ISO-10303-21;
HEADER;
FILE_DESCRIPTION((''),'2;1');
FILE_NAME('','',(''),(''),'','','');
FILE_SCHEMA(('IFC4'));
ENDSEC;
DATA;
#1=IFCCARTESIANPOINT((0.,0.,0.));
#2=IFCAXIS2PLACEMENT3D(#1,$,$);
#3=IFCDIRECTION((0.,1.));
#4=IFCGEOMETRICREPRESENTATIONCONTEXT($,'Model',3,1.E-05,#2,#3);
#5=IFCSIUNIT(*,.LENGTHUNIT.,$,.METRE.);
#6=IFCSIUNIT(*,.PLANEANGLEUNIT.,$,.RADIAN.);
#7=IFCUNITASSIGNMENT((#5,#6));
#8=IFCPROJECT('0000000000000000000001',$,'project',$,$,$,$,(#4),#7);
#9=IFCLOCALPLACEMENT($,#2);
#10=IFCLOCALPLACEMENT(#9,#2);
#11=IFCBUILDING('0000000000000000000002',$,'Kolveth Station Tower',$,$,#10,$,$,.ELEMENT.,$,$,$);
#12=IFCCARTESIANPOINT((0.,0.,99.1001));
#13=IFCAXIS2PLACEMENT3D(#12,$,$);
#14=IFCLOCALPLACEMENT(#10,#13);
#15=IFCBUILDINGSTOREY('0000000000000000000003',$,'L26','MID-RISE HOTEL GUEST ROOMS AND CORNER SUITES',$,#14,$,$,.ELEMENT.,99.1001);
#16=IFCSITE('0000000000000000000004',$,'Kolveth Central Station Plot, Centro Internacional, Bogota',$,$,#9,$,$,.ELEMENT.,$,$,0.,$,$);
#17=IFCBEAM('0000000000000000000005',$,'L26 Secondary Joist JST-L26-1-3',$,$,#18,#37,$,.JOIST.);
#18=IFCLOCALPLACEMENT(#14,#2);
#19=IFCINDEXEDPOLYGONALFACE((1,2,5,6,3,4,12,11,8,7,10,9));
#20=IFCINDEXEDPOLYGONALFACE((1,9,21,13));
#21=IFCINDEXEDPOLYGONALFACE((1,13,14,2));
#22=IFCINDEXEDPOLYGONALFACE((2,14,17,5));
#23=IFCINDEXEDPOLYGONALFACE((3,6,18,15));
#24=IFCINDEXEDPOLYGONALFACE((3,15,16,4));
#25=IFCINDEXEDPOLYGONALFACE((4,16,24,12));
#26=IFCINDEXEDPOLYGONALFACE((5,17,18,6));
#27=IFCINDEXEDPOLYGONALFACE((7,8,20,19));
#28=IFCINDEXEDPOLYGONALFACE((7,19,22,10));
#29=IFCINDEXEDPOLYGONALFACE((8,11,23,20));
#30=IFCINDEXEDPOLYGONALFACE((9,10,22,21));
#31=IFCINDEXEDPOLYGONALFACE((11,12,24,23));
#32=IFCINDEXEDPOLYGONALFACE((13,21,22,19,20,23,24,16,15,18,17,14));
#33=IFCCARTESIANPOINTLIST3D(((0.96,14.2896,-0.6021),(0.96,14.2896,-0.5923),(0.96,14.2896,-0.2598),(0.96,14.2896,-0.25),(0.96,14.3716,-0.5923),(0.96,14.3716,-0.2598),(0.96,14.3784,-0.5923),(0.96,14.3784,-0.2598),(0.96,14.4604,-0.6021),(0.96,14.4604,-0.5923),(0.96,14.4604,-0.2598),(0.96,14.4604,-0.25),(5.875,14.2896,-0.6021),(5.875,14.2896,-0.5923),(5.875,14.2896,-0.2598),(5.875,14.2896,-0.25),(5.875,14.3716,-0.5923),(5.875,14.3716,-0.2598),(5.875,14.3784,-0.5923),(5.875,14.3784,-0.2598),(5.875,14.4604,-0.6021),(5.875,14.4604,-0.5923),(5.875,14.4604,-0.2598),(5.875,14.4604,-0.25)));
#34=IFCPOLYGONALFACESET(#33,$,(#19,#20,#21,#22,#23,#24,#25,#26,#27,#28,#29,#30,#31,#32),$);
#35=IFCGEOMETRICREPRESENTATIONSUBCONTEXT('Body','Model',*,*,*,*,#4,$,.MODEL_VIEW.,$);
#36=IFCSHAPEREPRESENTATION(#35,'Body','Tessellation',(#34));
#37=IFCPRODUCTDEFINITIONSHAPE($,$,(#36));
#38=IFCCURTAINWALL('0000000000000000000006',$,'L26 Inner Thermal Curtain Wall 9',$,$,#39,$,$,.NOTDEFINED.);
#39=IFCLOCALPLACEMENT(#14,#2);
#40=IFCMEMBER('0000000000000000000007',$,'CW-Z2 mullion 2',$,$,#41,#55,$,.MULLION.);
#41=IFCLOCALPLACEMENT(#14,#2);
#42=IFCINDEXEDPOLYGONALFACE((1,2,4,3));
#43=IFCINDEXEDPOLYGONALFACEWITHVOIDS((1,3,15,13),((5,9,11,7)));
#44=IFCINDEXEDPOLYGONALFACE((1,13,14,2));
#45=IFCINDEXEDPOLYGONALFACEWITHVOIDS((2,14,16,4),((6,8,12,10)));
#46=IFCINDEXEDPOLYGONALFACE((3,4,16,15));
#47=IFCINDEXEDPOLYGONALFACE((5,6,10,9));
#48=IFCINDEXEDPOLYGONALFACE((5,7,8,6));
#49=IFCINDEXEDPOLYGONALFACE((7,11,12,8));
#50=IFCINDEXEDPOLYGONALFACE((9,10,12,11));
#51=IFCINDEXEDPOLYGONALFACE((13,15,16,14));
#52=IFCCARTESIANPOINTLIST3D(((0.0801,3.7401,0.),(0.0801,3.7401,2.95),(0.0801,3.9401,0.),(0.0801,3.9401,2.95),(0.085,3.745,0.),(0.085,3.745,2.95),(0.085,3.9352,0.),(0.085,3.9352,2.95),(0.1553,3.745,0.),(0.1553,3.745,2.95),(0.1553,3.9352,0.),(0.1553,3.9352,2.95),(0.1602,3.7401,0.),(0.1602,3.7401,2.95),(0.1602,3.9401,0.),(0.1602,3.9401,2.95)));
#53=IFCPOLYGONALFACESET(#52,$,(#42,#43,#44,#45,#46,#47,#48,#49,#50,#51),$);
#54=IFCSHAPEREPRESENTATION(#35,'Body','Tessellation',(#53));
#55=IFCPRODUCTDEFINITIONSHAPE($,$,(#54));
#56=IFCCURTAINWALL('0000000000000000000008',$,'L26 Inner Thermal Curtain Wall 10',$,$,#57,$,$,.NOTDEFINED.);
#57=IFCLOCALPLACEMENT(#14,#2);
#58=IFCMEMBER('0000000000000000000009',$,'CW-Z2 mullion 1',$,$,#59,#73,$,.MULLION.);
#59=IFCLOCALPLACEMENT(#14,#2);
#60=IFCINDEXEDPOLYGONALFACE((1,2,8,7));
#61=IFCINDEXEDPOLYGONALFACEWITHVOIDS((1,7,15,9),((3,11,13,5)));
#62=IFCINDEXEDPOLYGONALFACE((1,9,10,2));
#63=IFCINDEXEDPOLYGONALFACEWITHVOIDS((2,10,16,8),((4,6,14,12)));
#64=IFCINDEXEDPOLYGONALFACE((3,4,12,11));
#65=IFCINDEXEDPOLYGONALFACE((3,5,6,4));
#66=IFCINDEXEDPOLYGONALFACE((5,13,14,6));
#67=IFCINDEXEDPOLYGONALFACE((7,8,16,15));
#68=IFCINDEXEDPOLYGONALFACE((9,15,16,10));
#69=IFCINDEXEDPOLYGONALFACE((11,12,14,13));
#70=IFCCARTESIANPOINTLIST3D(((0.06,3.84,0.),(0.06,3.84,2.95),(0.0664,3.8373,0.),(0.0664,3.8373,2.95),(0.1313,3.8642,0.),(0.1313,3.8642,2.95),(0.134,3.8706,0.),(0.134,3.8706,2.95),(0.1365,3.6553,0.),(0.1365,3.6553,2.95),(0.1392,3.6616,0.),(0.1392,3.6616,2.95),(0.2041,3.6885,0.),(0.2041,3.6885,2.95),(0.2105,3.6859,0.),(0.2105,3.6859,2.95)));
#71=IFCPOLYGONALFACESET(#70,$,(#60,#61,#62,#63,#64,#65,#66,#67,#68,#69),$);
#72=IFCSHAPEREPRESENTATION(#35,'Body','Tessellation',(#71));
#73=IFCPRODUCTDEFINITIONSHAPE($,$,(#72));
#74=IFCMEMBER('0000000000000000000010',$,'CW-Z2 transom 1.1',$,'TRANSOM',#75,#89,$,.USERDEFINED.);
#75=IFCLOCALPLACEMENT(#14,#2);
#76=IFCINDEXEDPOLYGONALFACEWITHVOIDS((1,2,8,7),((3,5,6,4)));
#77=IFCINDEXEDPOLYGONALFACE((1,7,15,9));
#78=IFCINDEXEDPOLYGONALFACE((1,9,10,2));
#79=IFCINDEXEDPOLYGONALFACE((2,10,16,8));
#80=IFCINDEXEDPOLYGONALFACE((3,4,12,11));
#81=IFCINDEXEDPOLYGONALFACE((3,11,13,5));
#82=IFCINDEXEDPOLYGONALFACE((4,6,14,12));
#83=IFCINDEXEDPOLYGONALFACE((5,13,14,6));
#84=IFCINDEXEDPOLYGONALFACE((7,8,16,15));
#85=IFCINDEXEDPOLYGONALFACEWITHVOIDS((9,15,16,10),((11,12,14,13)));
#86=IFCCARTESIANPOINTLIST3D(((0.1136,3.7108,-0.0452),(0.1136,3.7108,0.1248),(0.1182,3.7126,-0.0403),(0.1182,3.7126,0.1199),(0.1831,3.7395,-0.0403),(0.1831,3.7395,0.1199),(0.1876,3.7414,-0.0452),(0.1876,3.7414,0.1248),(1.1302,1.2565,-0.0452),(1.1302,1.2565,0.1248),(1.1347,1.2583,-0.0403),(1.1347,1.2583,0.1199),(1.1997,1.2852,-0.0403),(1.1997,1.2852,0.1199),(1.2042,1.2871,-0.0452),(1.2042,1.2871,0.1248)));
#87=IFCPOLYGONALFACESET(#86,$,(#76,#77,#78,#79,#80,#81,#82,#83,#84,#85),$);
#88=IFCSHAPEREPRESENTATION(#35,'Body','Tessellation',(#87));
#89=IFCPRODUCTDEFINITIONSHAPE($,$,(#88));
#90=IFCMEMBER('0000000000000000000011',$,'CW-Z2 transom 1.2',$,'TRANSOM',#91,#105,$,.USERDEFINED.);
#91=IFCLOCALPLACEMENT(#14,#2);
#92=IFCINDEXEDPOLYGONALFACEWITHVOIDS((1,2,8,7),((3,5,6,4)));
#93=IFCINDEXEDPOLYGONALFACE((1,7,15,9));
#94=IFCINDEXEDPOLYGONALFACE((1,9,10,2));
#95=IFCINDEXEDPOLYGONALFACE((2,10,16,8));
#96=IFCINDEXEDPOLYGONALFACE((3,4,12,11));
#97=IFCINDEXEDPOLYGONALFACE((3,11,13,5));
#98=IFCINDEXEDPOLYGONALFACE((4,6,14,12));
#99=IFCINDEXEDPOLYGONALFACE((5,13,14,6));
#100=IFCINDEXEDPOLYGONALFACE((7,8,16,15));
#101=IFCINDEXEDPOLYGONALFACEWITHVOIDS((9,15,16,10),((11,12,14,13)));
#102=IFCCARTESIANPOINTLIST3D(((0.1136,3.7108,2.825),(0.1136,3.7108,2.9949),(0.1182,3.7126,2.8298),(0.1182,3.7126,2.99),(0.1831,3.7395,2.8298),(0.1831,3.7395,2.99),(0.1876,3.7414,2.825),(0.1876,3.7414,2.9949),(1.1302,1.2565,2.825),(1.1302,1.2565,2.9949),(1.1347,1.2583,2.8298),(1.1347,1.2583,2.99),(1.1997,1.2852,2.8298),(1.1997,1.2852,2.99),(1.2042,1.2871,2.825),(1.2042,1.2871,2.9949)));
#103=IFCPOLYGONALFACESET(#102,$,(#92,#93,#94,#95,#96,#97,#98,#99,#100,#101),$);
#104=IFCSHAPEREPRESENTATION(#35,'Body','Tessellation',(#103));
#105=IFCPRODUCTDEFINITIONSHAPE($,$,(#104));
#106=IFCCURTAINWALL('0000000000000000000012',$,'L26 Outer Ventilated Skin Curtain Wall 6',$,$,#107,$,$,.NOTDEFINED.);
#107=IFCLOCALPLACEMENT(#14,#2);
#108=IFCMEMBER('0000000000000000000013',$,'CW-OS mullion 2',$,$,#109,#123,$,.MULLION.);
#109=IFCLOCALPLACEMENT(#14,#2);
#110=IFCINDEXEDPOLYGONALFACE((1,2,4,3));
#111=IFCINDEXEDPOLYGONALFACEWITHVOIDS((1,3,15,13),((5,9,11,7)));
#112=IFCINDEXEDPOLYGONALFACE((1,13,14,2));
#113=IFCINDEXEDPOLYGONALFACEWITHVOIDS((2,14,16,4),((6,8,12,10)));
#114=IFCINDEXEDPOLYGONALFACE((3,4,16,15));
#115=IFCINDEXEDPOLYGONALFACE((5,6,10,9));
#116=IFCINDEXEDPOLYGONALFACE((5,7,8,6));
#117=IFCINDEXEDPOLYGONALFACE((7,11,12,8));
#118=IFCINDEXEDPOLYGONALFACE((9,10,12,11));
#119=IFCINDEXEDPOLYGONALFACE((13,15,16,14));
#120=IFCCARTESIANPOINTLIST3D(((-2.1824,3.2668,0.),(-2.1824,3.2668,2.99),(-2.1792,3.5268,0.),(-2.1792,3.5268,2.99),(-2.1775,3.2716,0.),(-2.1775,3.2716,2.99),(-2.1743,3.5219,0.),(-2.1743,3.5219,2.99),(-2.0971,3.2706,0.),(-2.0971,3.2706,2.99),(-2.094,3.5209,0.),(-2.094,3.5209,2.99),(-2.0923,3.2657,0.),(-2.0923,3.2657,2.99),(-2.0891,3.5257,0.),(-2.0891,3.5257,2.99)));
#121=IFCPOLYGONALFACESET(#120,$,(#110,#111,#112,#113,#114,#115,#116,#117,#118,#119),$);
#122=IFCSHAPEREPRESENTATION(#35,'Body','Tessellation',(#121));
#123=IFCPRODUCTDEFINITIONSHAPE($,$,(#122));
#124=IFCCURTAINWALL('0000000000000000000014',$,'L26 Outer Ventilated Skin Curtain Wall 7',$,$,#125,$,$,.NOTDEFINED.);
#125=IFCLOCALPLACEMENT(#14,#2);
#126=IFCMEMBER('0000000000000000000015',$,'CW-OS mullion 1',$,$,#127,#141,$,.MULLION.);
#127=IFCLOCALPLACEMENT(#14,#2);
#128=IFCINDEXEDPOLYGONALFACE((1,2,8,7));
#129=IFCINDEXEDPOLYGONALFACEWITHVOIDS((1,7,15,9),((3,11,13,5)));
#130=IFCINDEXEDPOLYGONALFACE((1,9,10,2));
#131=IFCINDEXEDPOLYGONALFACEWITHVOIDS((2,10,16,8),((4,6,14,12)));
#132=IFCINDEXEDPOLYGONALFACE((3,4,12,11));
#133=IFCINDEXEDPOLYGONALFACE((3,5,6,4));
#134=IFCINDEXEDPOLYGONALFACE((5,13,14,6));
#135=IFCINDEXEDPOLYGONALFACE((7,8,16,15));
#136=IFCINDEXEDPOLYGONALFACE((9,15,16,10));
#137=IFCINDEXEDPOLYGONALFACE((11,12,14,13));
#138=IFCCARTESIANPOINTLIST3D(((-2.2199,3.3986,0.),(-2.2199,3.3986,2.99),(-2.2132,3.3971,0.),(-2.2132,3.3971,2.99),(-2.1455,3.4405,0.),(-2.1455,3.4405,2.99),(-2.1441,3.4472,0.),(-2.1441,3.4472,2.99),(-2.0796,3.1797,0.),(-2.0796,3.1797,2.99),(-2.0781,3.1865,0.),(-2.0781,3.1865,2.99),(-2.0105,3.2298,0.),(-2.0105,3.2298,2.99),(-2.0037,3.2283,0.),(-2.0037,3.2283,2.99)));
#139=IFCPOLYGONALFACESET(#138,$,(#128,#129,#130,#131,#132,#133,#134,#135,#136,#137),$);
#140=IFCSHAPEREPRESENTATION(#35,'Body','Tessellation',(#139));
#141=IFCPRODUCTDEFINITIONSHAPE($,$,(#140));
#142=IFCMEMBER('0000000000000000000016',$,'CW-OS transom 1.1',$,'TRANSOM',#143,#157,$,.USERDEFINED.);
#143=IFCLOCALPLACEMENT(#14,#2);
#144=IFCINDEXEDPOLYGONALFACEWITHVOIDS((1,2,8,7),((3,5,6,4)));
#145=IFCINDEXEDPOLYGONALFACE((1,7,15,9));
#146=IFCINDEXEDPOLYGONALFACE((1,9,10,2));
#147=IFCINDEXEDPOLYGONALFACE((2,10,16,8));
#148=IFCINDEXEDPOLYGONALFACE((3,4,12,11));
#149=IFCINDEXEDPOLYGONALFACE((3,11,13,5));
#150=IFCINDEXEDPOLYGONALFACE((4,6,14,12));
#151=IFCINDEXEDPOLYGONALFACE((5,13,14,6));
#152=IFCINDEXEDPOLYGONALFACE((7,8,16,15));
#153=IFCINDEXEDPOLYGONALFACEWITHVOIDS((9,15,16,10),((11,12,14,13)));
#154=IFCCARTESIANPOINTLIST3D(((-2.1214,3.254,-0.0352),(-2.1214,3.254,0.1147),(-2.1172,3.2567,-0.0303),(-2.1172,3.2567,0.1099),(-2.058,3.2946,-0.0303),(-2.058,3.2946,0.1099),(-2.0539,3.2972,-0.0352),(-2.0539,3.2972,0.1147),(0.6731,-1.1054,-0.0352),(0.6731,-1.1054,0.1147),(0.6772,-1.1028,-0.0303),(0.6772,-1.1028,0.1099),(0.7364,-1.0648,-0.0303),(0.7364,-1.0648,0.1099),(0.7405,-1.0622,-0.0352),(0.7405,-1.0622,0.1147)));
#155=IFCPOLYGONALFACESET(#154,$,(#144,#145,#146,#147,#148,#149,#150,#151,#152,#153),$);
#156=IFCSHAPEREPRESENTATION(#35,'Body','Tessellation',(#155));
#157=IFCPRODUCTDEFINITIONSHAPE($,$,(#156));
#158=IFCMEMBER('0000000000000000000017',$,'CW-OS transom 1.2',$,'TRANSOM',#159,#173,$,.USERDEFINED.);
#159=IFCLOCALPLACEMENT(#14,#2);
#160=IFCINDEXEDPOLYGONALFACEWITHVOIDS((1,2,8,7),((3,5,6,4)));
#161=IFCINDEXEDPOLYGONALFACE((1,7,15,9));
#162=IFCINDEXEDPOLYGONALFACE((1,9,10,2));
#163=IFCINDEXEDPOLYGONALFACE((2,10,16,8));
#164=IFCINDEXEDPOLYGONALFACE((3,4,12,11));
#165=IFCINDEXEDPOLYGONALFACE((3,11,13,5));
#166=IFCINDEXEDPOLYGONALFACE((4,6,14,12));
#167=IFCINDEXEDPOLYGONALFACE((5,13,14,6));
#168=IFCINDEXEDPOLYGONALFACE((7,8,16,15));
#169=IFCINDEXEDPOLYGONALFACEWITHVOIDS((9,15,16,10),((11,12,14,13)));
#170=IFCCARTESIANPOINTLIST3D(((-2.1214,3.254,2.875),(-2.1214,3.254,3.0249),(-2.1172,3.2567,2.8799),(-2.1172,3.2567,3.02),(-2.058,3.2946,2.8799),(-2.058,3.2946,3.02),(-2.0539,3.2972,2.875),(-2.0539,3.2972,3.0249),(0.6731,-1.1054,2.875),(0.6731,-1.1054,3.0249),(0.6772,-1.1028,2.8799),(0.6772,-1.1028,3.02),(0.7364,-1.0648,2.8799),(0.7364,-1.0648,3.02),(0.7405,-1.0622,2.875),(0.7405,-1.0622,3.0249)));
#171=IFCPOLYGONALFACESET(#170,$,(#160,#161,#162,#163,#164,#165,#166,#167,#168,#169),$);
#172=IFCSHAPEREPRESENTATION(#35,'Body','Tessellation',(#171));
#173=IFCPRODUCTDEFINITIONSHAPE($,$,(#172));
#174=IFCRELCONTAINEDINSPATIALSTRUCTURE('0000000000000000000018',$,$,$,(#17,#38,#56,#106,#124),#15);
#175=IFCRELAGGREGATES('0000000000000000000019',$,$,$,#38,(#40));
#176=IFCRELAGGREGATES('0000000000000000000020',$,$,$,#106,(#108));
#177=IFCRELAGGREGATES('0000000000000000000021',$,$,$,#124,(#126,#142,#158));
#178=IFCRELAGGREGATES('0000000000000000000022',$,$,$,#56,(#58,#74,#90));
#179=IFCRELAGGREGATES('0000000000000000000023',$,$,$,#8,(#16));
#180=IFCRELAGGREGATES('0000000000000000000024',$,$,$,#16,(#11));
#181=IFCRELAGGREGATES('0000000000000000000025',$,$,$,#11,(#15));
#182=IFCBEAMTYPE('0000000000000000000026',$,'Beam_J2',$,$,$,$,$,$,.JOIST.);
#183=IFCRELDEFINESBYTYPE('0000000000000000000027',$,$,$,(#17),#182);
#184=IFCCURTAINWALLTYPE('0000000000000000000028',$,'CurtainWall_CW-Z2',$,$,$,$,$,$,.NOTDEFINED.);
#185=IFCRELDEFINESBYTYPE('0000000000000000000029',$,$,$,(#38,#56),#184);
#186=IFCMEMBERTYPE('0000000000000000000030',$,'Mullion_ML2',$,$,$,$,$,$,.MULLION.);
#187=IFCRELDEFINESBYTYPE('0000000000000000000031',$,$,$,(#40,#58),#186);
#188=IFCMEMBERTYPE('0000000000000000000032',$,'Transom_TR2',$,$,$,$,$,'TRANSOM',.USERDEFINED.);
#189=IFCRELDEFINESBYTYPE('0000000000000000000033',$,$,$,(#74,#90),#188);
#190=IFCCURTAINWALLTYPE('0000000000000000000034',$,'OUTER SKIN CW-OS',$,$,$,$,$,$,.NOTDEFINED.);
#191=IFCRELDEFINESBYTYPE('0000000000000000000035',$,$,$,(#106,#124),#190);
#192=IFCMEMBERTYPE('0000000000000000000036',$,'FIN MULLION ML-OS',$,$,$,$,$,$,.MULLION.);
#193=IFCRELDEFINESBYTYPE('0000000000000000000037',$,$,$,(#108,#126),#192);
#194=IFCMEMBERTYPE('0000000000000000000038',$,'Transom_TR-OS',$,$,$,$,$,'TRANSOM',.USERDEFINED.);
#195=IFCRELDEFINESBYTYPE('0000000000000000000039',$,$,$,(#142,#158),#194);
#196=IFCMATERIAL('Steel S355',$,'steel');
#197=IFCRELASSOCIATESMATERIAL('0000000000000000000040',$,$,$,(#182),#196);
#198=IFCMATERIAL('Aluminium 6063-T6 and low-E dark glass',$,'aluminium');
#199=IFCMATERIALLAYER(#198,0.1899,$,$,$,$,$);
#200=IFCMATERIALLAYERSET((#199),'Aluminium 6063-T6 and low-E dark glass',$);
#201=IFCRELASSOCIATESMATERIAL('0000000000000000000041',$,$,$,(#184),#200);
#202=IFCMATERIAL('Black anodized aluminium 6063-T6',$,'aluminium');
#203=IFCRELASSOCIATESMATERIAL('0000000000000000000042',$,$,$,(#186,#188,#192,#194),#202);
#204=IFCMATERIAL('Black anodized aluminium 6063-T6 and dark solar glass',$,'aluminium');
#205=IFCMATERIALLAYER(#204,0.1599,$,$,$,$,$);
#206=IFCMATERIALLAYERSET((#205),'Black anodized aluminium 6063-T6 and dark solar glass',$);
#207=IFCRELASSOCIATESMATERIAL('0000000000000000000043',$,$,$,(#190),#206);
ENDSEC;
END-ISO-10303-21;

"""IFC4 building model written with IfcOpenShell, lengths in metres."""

from ifc_helpers import new_model, si_unit, direction, frame, origin, origin_2d, place, context, subcontext, project, spatial, hollow_rectangle, i_section, extrude, source, transform, mapped, material, layer, layer_set, material_profile, profile_set, type_object, element, aggregate, save


model = new_model("IFC4")

# Units and contexts
model_context = context("Model", 3, precision=1e-05, world=origin(), true_north=direction((0.0, 1.0)))
body_context = subcontext(model_context, "Body", "Model", "MODEL_VIEW")
ifc_project = project(units=[si_unit("LENGTHUNIT", "METRE"), si_unit("PLANEANGLEUNIT", "RADIAN")], contexts=[model_context])

# Site, building, storey
site_placement = place(None, origin())
site = spatial("IfcSite", under=ifc_project, at=site_placement, Name="Kolveth Central Station Plot, Centro Internacional, Bogota", CompositionType="ELEMENT", RefElevation=0.0)
building_placement = place(site_placement, origin())
building = spatial("IfcBuilding", under=site, at=building_placement, Name="Kolveth Station Tower", CompositionType="ELEMENT")
storey_placement = place(building_placement, frame((0.0, 0.0, 99.1001)))
storey = spatial("IfcBuildingStorey", under=building, at=storey_placement, Name="L26", Description="MID-RISE HOTEL GUEST ROOMS AND CORNER SUITES", CompositionType="ELEMENT", Elevation=99.1001)

# Beam
ifc_material_1 = material(Name="Steel S355", Category="steel")
ifc_material_profile_1 = material_profile(ifc_material_1, i_section(OverallWidth=0.1709, OverallDepth=0.3521, WebThickness=0.0068, FlangeThickness=0.0098, at=origin_2d()), Name="W360x44")
ifc_profile_set_1 = profile_set([ifc_material_profile_1], Name="Steel S355")
beam_type_1 = type_object("IfcBeamType", Name="Beam_J2", PredefinedType="JOIST", material=ifc_profile_set_1)
shared_shape_1 = source(origin(), body_context, "Body", "SweptSolid", [
    extrude(i_section(OverallWidth=0.1709, OverallDepth=0.3521, WebThickness=0.0068, FlangeThickness=0.0098, at=origin_2d()), origin(), (0.0, 0.0, 1.0), 4.915),
])
for number, where, z_axis, x_axis, name in (
    (1, (0.96, 14.375, -0.426), (1.0, 0.0, 0.0), (0.0, 1.0, 0.0), "L26 Secondary Joist JST-L26-1-3"),
):
    element("IfcBeam", number, at=place(storey_placement, frame(where, z_axis=z_axis, x_axis=x_axis)), inside=storey, type_object=beam_type_1, Name=name, PredefinedType="JOIST", context=body_context, shape_type="MappedRepresentation", body=[
        mapped(shared_shape_1, transform((0.0, 0.0, 0.0), x_axis=(1.0, 0.0, 0.0), y_axis=(0.0, 1.0, 0.0), z_axis=(0.0, 0.0, 1.0), scale=1.0)),
    ])

# Curtain wall, member
ifc_material_2 = material(Name="Aluminium 6063-T6 and low-E dark glass", Category="aluminium")
ifc_layer_1 = layer(ifc_material_2, 0.1899)
ifc_layer_set_1 = layer_set([ifc_layer_1], Name="Aluminium 6063-T6 and low-E dark glass")
curtain_wall_type_1 = type_object("IfcCurtainWallType", Name="CurtainWall_CW-Z2", PredefinedType="NOTDEFINED", material=ifc_layer_set_1)
curtain_wall_1_placement = place(storey_placement, origin())
curtain_wall_1 = element("IfcCurtainWall", 2, at=curtain_wall_1_placement, inside=storey, type_object=curtain_wall_type_1, Name="L26 Inner Thermal Curtain Wall 9", PredefinedType="NOTDEFINED")
ifc_material_3 = material(Name="Black anodized aluminium 6063-T6", Category="aluminium")
ifc_material_profile_2 = material_profile(ifc_material_3, hollow_rectangle(XDim=0.0801, YDim=0.2, WallThickness=0.0049, at=origin_2d()), Name="ALU-80x200x5")
ifc_profile_set_2 = profile_set([ifc_material_profile_2], Name="Black anodized aluminium 6063-T6")
member_type_1 = type_object("IfcMemberType", Name="Mullion_ML2", PredefinedType="MULLION", material=ifc_profile_set_2)
shared_shape_2 = source(origin(), body_context, "Body", "SweptSolid", [
    extrude(hollow_rectangle(XDim=0.0801, YDim=0.2, WallThickness=0.0049, at=origin_2d()), origin(), (0.0, 0.0, 1.0), 2.95),
])
member_1_placement = place(storey_placement, frame((0.1201, 3.8401, 0.0), z_axis=(0.0, 0.0, 1.0), x_axis=(1.0, 0.0, 0.0)))
member_1 = element("IfcMember", 3, at=member_1_placement, type_object=member_type_1, Name="CW-Z2 mullion 2", PredefinedType="MULLION", context=body_context, shape_type="MappedRepresentation", body=[
    mapped(shared_shape_2, transform((0.0, 0.0, 0.0), x_axis=(1.0, 0.0, 0.0), y_axis=(0.0, 1.0, 0.0), z_axis=(0.0, 0.0, 1.0), scale=1.0)),
])
aggregate(curtain_wall_1, [member_1])

# Curtain wall, members
curtain_wall_2_placement = place(storey_placement, origin())
curtain_wall_2 = element("IfcCurtainWall", 4, at=curtain_wall_2_placement, inside=storey, type_object=curtain_wall_type_1, Name="L26 Inner Thermal Curtain Wall 10", PredefinedType="NOTDEFINED")
member_2_placement = place(storey_placement, frame((0.1353, 3.7629, 0.0), z_axis=(0.0, 0.0, 1.0), x_axis=(0.923888, 0.382663, 0.0)))
member_2 = element("IfcMember", 5, at=member_2_placement, type_object=member_type_1, Name="CW-Z2 mullion 1", PredefinedType="MULLION", context=body_context, shape_type="MappedRepresentation", body=[
    mapped(shared_shape_2, transform((0.0, 0.0, 0.0), x_axis=(1.0, 0.0, 0.0), y_axis=(0.0, 1.0, 0.0), z_axis=(0.0, 0.0, 1.0), scale=1.0)),
])
ifc_material_profile_3 = material_profile(ifc_material_3, hollow_rectangle(XDim=0.0801, YDim=0.1699, WallThickness=0.0049, at=origin_2d()), Name="ALU-80x170x5")
ifc_profile_set_3 = profile_set([ifc_material_profile_3], Name="Black anodized aluminium 6063-T6")
member_type_2 = type_object("IfcMemberType", Name="Transom_TR2", ElementType="TRANSOM", PredefinedType="USERDEFINED", material=ifc_profile_set_3)
shared_shape_3 = source(origin(), body_context, "Body", "SweptSolid", [
    extrude(hollow_rectangle(XDim=0.0801, YDim=0.1699, WallThickness=0.0049, at=origin_2d()), origin(), (0.0, 0.0, 1.0), 2.6565),
])
member_3_placement = place(storey_placement, frame((0.1506, 3.7261, 0.0398), z_axis=(0.382676, -0.923882, 0.0), x_axis=(0.923882, 0.382676, 0.0)))
member_3 = element("IfcMember", 6, at=member_3_placement, type_object=member_type_2, Name="CW-Z2 transom 1.1", ObjectType="TRANSOM", PredefinedType="USERDEFINED", context=body_context, shape_type="MappedRepresentation", body=[
    mapped(shared_shape_3, transform((0.0, 0.0, 0.0), x_axis=(1.0, 0.0, 0.0), y_axis=(0.0, 1.0, 0.0), z_axis=(0.0, 0.0, 1.0), scale=1.0)),
])
member_4_placement = place(storey_placement, frame((0.1506, 3.7261, 2.9099), z_axis=(0.382676, -0.923882, 0.0), x_axis=(0.923882, 0.382676, 0.0)))
member_4 = element("IfcMember", 7, at=member_4_placement, type_object=member_type_2, Name="CW-Z2 transom 1.2", ObjectType="TRANSOM", PredefinedType="USERDEFINED", context=body_context, shape_type="MappedRepresentation", body=[
    mapped(shared_shape_3, transform((0.0, 0.0, 0.0), x_axis=(1.0, 0.0, 0.0), y_axis=(0.0, 1.0, 0.0), z_axis=(0.0, 0.0, 1.0), scale=1.0)),
])

# Curtain wall, member
ifc_material_4 = material(Name="Black anodized aluminium 6063-T6 and dark solar glass", Category="aluminium")
ifc_layer_2 = layer(ifc_material_4, 0.1599)
ifc_layer_set_2 = layer_set([ifc_layer_2], Name="Black anodized aluminium 6063-T6 and dark solar glass")
curtain_wall_type_2 = type_object("IfcCurtainWallType", Name="OUTER SKIN CW-OS", PredefinedType="NOTDEFINED", material=ifc_layer_set_2)
curtain_wall_3_placement = place(storey_placement, origin())
curtain_wall_3 = element("IfcCurtainWall", 8, at=curtain_wall_3_placement, inside=storey, type_object=curtain_wall_type_2, Name="L26 Outer Ventilated Skin Curtain Wall 6", PredefinedType="NOTDEFINED")
ifc_material_profile_4 = material_profile(ifc_material_3, hollow_rectangle(XDim=0.0901, YDim=0.26, WallThickness=0.0049, at=origin_2d()), Name="ALU-90x260x5")
ifc_profile_set_4 = profile_set([ifc_material_profile_4], Name="Black anodized aluminium 6063-T6")
member_type_3 = type_object("IfcMemberType", Name="FIN MULLION ML-OS", PredefinedType="MULLION", material=ifc_profile_set_4)
shared_shape_4 = source(origin(), body_context, "Body", "SweptSolid", [
    extrude(hollow_rectangle(XDim=0.0901, YDim=0.26, WallThickness=0.0049, at=origin_2d()), origin(), (0.0, 0.0, 1.0), 2.99),
])
member_5_placement = place(storey_placement, frame((-2.1357, 3.3962, 0.0), z_axis=(0.0, 0.0, 1.0), x_axis=(0.999923, -0.01244, 0.0)))
member_5 = element("IfcMember", 9, at=member_5_placement, type_object=member_type_3, Name="CW-OS mullion 2", PredefinedType="MULLION", context=body_context, shape_type="MappedRepresentation", body=[
    mapped(shared_shape_4, transform((0.0, 0.0, 0.0), x_axis=(1.0, 0.0, 0.0), y_axis=(0.0, 1.0, 0.0), z_axis=(0.0, 0.0, 1.0), scale=1.0)),
])
aggregate(curtain_wall_3, [member_5])

# Curtain wall, members
curtain_wall_4_placement = place(storey_placement, origin())
curtain_wall_4 = element("IfcCurtainWall", 10, at=curtain_wall_4_placement, inside=storey, type_object=curtain_wall_type_2, Name="L26 Outer Ventilated Skin Curtain Wall 7", PredefinedType="NOTDEFINED")
member_6_placement = place(storey_placement, frame((-2.1118, 3.3135, 0.0), z_axis=(0.0, 0.0, 1.0), x_axis=(0.841879, 0.539666, 0.0)))
member_6 = element("IfcMember", 11, at=member_6_placement, type_object=member_type_3, Name="CW-OS mullion 1", PredefinedType="MULLION", context=body_context, shape_type="MappedRepresentation", body=[
    mapped(shared_shape_4, transform((0.0, 0.0, 0.0), x_axis=(1.0, 0.0, 0.0), y_axis=(0.0, 1.0, 0.0), z_axis=(0.0, 0.0, 1.0), scale=1.0)),
])
ifc_material_profile_5 = material_profile(ifc_material_3, hollow_rectangle(XDim=0.0801, YDim=0.1499, WallThickness=0.0049, at=origin_2d()), Name="ALU-80x150x5")
ifc_profile_set_5 = profile_set([ifc_material_profile_5], Name="Black anodized aluminium 6063-T6")
member_type_4 = type_object("IfcMemberType", Name="Transom_TR-OS", ElementType="TRANSOM", PredefinedType="USERDEFINED", material=ifc_profile_set_5)
shared_shape_5 = source(origin(), body_context, "Body", "SweptSolid", [
    extrude(hollow_rectangle(XDim=0.0801, YDim=0.1499, WallThickness=0.0049, at=origin_2d()), origin(), (0.0, 0.0, 1.0), 5.1782),
])
member_7_placement = place(storey_placement, frame((-2.0876, 3.2756, 0.0398), z_axis=(0.539661, -0.841882, 0.0), x_axis=(0.841882, 0.539661, 0.0)))
member_7 = element("IfcMember", 12, at=member_7_placement, type_object=member_type_4, Name="CW-OS transom 1.1", ObjectType="TRANSOM", PredefinedType="USERDEFINED", context=body_context, shape_type="MappedRepresentation", body=[
    mapped(shared_shape_5, transform((0.0, 0.0, 0.0), x_axis=(1.0, 0.0, 0.0), y_axis=(0.0, 1.0, 0.0), z_axis=(0.0, 0.0, 1.0), scale=1.0)),
])
member_8_placement = place(storey_placement, frame((-2.0876, 3.2756, 2.95), z_axis=(0.539661, -0.841882, 0.0), x_axis=(0.841882, 0.539661, 0.0)))
member_8 = element("IfcMember", 13, at=member_8_placement, type_object=member_type_4, Name="CW-OS transom 1.2", ObjectType="TRANSOM", PredefinedType="USERDEFINED", context=body_context, shape_type="MappedRepresentation", body=[
    mapped(shared_shape_5, transform((0.0, 0.0, 0.0), x_axis=(1.0, 0.0, 0.0), y_axis=(0.0, 1.0, 0.0), z_axis=(0.0, 0.0, 1.0), scale=1.0)),
])
aggregate(curtain_wall_4, [member_6, member_7, member_8])

aggregate(curtain_wall_2, [member_2, member_3, member_4])

save(model, "model.ifc")
